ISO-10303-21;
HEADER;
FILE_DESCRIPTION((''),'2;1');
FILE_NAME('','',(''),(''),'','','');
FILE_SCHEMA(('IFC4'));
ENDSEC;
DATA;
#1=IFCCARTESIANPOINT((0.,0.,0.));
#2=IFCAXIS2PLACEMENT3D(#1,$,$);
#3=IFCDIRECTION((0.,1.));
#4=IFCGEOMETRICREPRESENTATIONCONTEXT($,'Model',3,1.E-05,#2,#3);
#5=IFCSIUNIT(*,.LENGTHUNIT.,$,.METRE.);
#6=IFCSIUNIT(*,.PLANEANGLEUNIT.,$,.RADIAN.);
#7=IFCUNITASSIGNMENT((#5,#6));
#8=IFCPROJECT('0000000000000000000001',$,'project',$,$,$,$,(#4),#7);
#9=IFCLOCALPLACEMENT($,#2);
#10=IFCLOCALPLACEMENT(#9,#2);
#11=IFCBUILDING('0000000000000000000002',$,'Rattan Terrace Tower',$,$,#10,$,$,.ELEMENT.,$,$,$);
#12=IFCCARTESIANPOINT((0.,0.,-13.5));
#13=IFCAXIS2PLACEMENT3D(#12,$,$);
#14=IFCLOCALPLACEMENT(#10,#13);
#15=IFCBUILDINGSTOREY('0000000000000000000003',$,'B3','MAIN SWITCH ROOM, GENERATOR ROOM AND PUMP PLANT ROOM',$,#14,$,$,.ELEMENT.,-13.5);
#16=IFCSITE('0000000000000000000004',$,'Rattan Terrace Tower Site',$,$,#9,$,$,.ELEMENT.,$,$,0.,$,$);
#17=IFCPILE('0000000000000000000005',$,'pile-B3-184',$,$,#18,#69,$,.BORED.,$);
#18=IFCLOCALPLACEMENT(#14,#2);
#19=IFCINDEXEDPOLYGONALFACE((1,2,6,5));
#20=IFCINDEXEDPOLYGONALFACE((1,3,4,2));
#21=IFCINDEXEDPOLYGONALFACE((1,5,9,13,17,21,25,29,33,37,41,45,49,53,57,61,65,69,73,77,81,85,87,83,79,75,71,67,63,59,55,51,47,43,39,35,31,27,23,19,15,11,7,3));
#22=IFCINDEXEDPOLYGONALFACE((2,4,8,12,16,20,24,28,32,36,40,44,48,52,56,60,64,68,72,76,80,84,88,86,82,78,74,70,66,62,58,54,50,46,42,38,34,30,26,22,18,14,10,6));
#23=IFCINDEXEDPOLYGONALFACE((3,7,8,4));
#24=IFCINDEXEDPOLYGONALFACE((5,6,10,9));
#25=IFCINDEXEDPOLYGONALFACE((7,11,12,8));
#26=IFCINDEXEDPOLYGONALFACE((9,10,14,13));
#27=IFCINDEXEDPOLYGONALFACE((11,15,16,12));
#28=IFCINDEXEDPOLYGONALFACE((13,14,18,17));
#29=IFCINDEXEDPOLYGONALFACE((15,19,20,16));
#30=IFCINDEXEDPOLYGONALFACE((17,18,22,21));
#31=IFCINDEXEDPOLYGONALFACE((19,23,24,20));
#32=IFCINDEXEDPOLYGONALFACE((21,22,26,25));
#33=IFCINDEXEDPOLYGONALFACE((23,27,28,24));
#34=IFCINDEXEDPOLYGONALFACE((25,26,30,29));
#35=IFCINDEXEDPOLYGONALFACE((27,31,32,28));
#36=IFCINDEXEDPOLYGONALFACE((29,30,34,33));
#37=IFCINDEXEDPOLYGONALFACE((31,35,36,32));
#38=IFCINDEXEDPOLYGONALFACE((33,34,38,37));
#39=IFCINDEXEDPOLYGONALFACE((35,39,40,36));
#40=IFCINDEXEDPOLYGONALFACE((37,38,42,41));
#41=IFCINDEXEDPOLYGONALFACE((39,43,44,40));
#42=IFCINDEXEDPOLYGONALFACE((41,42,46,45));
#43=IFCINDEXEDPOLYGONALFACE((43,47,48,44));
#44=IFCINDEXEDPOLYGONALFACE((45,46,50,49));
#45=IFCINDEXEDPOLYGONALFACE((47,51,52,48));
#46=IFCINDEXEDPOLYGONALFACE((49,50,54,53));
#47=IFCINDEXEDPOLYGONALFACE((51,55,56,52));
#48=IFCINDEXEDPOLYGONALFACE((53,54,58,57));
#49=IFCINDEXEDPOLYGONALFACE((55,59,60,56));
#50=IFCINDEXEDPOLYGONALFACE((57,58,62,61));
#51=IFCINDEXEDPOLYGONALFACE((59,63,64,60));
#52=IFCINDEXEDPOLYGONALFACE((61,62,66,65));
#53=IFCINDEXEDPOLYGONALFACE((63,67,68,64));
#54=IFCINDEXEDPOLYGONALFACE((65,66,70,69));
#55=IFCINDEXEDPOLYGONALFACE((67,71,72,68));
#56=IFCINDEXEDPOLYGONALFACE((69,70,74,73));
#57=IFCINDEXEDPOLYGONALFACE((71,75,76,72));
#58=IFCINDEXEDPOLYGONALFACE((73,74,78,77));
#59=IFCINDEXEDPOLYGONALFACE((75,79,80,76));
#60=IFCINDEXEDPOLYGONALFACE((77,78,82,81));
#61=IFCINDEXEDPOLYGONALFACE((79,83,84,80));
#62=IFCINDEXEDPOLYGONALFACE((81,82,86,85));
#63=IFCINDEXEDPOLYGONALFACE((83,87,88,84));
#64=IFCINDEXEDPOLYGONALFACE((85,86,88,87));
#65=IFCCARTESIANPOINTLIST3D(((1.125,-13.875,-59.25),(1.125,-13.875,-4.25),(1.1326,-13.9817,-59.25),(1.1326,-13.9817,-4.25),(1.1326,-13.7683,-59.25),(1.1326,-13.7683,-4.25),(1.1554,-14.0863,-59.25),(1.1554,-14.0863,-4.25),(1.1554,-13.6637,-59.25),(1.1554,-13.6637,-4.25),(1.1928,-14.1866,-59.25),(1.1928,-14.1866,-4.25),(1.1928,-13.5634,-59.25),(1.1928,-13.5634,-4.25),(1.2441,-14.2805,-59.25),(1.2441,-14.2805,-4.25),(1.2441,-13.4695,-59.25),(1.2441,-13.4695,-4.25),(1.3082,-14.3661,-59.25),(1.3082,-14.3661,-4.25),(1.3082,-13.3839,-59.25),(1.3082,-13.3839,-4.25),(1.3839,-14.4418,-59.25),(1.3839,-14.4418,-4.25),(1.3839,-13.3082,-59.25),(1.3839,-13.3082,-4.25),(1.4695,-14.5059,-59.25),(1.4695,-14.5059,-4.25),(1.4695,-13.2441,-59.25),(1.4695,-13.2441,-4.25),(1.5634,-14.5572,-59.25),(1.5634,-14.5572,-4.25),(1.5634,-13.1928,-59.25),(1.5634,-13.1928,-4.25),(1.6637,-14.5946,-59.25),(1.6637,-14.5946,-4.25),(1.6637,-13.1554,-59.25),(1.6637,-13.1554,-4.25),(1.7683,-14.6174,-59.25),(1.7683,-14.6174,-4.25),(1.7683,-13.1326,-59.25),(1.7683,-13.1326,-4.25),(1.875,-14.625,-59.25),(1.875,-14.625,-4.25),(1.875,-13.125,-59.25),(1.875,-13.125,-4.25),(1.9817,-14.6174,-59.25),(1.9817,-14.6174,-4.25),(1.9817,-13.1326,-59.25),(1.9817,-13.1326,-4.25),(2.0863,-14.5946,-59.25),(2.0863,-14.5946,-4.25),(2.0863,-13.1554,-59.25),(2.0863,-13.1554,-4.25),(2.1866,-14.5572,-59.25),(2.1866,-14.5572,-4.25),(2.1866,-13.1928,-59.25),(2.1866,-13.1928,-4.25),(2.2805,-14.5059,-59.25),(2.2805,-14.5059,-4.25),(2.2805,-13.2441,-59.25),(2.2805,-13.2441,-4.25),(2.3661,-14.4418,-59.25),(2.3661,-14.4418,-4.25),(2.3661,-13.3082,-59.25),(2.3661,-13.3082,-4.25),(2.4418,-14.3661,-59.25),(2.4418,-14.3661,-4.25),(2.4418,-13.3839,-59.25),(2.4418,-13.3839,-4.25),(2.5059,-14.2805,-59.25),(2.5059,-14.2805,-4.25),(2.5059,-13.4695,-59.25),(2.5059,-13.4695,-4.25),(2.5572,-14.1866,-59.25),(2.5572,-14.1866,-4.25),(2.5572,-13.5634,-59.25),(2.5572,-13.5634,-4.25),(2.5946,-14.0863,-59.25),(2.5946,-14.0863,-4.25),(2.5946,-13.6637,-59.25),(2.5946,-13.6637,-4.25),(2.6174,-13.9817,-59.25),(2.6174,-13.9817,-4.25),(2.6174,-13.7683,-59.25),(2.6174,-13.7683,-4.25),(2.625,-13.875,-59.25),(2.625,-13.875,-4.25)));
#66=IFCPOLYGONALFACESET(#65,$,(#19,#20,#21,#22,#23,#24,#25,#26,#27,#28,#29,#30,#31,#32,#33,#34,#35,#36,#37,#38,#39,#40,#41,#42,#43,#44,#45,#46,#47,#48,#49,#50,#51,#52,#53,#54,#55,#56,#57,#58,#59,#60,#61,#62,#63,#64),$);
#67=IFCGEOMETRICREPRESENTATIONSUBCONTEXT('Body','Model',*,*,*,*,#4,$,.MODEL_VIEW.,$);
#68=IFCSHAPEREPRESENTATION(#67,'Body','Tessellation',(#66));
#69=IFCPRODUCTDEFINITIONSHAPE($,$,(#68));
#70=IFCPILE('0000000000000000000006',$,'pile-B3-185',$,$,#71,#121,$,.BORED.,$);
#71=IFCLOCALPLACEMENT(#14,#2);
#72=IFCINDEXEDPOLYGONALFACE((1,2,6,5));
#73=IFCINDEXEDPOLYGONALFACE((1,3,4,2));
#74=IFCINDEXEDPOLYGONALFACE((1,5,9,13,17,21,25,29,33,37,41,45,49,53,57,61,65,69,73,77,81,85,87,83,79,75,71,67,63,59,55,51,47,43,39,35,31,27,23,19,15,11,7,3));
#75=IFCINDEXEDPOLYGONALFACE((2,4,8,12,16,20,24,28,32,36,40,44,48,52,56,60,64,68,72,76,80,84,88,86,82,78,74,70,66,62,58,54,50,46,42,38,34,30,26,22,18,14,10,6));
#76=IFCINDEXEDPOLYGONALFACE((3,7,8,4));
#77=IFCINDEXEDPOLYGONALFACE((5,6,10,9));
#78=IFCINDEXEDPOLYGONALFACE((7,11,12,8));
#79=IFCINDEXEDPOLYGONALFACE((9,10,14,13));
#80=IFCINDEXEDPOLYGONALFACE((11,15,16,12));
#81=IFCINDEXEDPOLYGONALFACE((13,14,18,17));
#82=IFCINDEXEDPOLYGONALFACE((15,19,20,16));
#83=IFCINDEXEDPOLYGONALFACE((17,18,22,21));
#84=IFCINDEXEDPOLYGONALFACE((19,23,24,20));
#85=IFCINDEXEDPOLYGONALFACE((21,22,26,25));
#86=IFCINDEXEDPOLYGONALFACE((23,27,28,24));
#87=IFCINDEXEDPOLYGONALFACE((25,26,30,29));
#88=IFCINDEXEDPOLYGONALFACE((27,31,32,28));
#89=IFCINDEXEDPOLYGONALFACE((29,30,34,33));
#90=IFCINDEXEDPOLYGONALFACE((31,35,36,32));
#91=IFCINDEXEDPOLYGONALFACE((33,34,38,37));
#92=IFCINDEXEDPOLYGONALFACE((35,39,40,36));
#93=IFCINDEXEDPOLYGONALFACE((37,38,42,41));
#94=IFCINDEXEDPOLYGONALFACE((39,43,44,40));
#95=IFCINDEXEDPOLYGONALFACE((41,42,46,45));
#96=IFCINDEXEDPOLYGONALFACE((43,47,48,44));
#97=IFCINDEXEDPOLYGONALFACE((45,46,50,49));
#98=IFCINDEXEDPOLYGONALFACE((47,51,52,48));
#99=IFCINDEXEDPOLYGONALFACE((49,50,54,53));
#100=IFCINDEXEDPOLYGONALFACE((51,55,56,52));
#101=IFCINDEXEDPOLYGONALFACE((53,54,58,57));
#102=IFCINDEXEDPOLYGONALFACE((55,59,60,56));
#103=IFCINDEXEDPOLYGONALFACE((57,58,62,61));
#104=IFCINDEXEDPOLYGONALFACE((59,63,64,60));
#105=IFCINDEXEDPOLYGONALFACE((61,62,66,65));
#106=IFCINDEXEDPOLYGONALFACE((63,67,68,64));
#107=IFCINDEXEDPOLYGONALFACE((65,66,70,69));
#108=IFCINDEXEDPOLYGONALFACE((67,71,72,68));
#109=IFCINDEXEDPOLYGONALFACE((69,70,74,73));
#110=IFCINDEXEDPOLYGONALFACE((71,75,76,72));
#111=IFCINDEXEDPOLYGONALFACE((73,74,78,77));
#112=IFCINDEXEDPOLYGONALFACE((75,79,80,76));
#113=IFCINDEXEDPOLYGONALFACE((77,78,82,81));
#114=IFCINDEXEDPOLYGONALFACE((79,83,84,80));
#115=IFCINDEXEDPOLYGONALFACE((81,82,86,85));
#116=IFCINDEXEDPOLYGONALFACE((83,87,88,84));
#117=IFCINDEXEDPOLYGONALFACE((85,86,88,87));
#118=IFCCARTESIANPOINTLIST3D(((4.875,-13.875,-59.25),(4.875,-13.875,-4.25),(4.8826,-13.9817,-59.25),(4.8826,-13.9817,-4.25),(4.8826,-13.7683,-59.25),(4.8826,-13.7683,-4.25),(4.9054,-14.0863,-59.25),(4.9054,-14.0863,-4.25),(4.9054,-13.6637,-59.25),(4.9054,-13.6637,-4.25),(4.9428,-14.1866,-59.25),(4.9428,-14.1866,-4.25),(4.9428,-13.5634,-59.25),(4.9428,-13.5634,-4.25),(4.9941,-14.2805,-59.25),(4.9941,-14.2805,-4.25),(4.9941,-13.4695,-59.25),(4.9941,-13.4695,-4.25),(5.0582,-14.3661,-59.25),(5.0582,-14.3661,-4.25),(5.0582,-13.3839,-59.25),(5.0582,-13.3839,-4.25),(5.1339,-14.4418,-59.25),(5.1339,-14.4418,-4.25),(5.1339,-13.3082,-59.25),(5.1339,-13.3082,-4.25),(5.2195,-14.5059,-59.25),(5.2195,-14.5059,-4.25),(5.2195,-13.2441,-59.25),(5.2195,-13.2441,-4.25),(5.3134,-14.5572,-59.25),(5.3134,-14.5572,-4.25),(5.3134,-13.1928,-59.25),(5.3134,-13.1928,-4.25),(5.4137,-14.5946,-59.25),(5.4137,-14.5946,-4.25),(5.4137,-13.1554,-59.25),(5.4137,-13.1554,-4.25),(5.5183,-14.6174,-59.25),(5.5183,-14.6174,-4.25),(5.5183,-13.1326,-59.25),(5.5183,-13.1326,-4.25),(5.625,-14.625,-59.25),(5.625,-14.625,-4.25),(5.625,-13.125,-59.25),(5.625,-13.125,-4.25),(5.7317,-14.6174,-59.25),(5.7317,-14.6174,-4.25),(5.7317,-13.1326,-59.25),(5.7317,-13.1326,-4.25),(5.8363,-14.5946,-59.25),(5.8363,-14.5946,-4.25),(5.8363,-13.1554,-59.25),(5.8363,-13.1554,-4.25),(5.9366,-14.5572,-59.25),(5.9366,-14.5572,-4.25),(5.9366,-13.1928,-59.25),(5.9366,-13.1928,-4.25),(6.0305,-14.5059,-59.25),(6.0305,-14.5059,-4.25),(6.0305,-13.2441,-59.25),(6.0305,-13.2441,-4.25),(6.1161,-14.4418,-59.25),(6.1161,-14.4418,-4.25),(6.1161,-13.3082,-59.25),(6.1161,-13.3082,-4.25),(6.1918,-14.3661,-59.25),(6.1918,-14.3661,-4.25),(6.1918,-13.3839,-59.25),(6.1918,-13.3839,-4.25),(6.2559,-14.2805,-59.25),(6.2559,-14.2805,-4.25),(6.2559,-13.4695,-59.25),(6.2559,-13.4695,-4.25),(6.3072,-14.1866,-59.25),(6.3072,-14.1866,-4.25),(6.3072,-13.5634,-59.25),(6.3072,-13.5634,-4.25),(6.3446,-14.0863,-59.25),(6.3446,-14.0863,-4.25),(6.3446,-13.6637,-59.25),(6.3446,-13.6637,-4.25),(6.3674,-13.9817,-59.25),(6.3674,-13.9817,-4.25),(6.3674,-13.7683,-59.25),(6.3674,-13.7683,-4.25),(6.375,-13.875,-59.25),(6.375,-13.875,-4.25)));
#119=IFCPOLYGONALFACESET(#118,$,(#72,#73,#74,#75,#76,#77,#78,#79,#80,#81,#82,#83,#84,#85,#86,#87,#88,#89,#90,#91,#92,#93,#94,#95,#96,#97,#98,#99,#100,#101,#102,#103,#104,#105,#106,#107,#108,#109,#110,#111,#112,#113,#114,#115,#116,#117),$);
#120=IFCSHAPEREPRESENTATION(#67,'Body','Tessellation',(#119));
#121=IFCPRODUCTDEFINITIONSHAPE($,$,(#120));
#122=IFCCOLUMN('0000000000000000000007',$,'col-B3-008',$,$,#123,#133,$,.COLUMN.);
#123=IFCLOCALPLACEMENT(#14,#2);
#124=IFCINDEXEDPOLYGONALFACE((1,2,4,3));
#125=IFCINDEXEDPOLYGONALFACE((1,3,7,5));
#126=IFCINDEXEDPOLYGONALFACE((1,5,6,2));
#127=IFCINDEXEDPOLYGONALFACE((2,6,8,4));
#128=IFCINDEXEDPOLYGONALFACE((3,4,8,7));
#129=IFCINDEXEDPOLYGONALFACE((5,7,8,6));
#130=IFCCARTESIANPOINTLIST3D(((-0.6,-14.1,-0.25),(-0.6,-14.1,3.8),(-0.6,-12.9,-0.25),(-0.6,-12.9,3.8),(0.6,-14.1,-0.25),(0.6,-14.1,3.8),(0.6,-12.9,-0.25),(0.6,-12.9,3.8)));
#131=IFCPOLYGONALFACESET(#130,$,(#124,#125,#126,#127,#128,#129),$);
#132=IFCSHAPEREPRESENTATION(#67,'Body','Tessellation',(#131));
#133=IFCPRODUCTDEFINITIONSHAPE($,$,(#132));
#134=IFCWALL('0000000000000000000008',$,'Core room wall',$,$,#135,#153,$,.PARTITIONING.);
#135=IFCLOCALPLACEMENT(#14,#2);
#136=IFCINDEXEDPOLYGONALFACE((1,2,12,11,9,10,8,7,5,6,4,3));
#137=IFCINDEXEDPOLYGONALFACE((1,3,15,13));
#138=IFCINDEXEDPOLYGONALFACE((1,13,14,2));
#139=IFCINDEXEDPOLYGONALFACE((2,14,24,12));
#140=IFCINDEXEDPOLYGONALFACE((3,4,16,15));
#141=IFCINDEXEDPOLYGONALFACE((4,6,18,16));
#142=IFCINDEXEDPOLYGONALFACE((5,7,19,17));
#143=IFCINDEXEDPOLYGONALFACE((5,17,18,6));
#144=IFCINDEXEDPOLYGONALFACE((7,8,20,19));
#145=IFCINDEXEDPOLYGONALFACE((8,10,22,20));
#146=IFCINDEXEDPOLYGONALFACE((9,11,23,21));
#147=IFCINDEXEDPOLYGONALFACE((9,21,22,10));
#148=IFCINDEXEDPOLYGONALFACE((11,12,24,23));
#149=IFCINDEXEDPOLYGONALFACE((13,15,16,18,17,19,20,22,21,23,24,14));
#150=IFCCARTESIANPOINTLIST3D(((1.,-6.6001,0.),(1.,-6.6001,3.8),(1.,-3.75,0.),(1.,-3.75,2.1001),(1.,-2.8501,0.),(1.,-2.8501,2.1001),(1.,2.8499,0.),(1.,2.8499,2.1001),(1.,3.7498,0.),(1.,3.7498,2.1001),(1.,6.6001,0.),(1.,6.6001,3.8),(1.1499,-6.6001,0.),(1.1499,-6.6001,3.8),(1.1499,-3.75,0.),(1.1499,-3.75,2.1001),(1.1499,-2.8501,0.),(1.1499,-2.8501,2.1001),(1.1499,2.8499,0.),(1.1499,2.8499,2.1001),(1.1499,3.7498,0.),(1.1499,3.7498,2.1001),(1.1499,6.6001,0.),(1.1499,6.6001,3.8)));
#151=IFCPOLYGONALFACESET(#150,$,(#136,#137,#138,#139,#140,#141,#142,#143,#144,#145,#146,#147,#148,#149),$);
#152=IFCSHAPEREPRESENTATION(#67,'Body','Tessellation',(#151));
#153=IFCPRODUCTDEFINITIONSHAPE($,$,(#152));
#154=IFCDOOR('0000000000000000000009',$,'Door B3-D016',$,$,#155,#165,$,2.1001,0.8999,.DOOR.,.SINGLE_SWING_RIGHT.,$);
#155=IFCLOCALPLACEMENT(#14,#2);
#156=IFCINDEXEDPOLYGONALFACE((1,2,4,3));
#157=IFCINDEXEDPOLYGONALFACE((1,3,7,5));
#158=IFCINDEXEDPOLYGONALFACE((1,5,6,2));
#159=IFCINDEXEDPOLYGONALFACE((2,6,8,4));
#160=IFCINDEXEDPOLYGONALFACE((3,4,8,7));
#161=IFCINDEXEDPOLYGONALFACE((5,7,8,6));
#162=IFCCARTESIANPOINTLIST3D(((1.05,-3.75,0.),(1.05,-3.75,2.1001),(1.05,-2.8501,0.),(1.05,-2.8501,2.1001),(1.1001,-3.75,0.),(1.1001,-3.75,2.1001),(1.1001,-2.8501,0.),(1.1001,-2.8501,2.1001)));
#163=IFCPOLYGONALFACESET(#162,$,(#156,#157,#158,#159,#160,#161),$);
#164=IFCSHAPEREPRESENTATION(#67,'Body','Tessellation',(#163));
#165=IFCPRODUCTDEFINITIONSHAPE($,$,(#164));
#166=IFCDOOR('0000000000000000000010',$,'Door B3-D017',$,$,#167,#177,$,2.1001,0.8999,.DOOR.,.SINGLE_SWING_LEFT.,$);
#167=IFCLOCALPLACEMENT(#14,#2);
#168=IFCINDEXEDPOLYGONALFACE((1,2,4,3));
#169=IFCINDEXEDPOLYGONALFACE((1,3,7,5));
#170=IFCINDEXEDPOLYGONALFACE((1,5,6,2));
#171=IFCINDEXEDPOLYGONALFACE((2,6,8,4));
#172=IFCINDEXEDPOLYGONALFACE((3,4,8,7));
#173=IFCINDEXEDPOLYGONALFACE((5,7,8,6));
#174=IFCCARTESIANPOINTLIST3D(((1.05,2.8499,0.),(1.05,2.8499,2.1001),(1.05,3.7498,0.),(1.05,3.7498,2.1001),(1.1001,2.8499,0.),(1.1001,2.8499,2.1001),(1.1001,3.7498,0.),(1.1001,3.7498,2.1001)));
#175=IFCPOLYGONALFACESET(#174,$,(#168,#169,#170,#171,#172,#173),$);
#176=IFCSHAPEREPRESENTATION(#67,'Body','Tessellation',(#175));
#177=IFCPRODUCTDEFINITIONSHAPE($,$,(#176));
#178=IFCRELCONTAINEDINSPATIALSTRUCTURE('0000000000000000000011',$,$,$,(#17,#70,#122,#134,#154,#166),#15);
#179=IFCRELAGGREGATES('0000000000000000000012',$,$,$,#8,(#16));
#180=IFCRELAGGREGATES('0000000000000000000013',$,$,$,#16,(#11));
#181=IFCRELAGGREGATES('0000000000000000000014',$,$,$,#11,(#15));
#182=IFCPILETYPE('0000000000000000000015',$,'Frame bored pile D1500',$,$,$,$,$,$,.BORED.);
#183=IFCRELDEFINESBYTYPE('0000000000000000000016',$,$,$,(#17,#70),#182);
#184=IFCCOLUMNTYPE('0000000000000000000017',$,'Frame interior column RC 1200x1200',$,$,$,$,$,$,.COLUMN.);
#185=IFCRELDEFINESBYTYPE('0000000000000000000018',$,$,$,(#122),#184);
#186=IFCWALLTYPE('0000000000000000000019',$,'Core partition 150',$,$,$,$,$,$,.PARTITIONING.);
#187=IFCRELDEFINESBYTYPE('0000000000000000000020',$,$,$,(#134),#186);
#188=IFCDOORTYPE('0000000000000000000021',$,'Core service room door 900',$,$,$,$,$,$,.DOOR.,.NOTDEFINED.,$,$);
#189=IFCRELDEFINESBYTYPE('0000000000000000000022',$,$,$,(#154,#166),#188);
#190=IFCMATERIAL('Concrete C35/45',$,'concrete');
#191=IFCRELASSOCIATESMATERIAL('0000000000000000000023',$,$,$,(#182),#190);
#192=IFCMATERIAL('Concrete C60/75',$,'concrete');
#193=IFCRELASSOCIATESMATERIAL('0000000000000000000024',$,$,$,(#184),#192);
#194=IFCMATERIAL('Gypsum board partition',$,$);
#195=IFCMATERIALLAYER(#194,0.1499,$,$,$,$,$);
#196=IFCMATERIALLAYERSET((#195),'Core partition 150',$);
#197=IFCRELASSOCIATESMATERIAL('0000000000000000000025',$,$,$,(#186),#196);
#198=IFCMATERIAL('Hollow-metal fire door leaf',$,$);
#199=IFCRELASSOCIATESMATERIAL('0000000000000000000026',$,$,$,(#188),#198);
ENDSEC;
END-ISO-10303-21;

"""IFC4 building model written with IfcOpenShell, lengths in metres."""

from ifc_helpers import new_model, si_unit, direction, frame, frame_2d, origin, origin_2d, place, context, subcontext, project, spatial, rectangle, circle, extrude, material, layer, layer_set, material_profile, profile_set, type_object, element, fill, save


model = new_model("IFC4")

# Units and contexts
model_context = context("Model", 3, precision=1e-05, world=origin(), true_north=direction((0.0, 1.0)))
body_context = subcontext(model_context, "Body", "Model", "MODEL_VIEW")
ifc_project = project(units=[si_unit("LENGTHUNIT", "METRE"), si_unit("PLANEANGLEUNIT", "RADIAN")], contexts=[model_context])

# Site, building, storey
site_placement = place(None, origin())
site = spatial("IfcSite", under=ifc_project, at=site_placement, Name="Rattan Terrace Tower Site", CompositionType="ELEMENT", RefElevation=0.0)
building_placement = place(site_placement, origin())
building = spatial("IfcBuilding", under=site, at=building_placement, Name="Rattan Terrace Tower", CompositionType="ELEMENT")
storey_placement = place(building_placement, frame((0.0, 0.0, -13.5)))
storey = spatial("IfcBuildingStorey", under=building, at=storey_placement, Name="B3", Description="MAIN SWITCH ROOM, GENERATOR ROOM AND PUMP PLANT ROOM", CompositionType="ELEMENT", Elevation=-13.5)

# Piles
ifc_material_1 = material(Name="Concrete C35/45", Category="concrete")
ifc_material_profile_1 = material_profile(ifc_material_1, circle(Radius=0.75, at=origin_2d()), Name="PILE D1500")
ifc_profile_set_1 = profile_set([ifc_material_profile_1], Name="Concrete C35/45")
pile_type = type_object("IfcPileType", Name="Frame bored pile D1500", PredefinedType="BORED", material=ifc_profile_set_1)
for number, where, z_axis, x_axis, name in (
    (1, (1.875, -13.875, -4.25), (0.0, 0.0, -1.0), (1.0, 0.0, 0.0), "pile-B3-184"),
    (2, (5.625, -13.875, -4.25), (0.0, 0.0, -1.0), (1.0, 0.0, 0.0), "pile-B3-185"),
):
    element("IfcPile", number, at=place(storey_placement, frame(where, z_axis=z_axis, x_axis=x_axis)), inside=storey, type_object=pile_type, Name=name, PredefinedType="BORED", context=body_context, shape_type="SweptSolid", body=[
        extrude(circle(Radius=0.75, at=origin_2d()), origin(), (0.0, 0.0, 1.0), 55.0),
    ])

# Column
ifc_material_2 = material(Name="Concrete C60/75", Category="concrete")
ifc_material_profile_2 = material_profile(ifc_material_2, rectangle(XDim=1.2, YDim=1.2, at=origin_2d()), Name="RC 1200x1200")
ifc_profile_set_2 = profile_set([ifc_material_profile_2], Name="Concrete C60/75")
column_type = type_object("IfcColumnType", Name="Frame interior column RC 1200x1200", PredefinedType="COLUMN", material=ifc_profile_set_2)
column_placement = place(storey_placement, frame((0.0, -13.5, -0.25), z_axis=(0.0, 0.0, 1.0), x_axis=(1.0, 0.0, 0.0)))
element("IfcColumn", 3, at=column_placement, inside=storey, type_object=column_type, Name="col-B3-008", PredefinedType="COLUMN", context=body_context, shape_type="SweptSolid", body=[
    extrude(rectangle(XDim=1.2, YDim=1.2, at=origin_2d()), origin(), (0.0, 0.0, 1.0), 4.05),
])

# Wall, openings, doors
ifc_material_3 = material(Name="Gypsum board partition")
ifc_layer_1 = layer(ifc_material_3, 0.1499)
ifc_layer_set_1 = layer_set([ifc_layer_1], Name="Core partition 150")
wall_type_1 = type_object("IfcWallType", Name="Core partition 150", PredefinedType="PARTITIONING", material=ifc_layer_set_1)
wall_1_placement = place(storey_placement, frame((1.075, -6.6001, 0.0), z_axis=(0.0, 0.0, 1.0), x_axis=(0.0, 1.0, 0.0)))
wall_1 = element("IfcWall", 4, at=wall_1_placement, inside=storey, type_object=wall_type_1, Name="Core room wall", PredefinedType="PARTITIONING", context=body_context, shape_type="SweptSolid", body=[
    extrude(rectangle(XDim=13.2002, YDim=0.1499, at=frame_2d((6.6001, 0.0))), origin(), (0.0, 0.0, 1.0), 3.8),
])
opening_1_placement = place(wall_1_placement, frame((2.8501, 0.0, 0.0)))
opening_1 = element("IfcOpeningElement", 5, at=opening_1_placement, cuts=wall_1, PredefinedType="OPENING", context=body_context, shape_type="SweptSolid", body=[
    extrude(rectangle(XDim=0.8999, YDim=2.1001, at=frame_2d((0.45, 1.05))), frame((0.0, 0.0854, 0.0), z_axis=(0.0, -1.0, 0.0), x_axis=(1.0, 0.0, 0.0)), (0.0, 0.0, 1.0), 0.1709),
])
opening_2_placement = place(wall_1_placement, frame((9.45, 0.0, 0.0)))
opening_2 = element("IfcOpeningElement", 6, at=opening_2_placement, cuts=wall_1, PredefinedType="OPENING", context=body_context, shape_type="SweptSolid", body=[
    extrude(rectangle(XDim=0.8999, YDim=2.1001, at=frame_2d((0.45, 1.05))), frame((0.0, 0.0854, 0.0), z_axis=(0.0, -1.0, 0.0), x_axis=(1.0, 0.0, 0.0)), (0.0, 0.0, 1.0), 0.1709),
])
ifc_material_4 = material(Name="Hollow-metal fire door leaf")
door_type_1 = type_object("IfcDoorType", Name="Core service room door 900", OperationType="NOTDEFINED", PredefinedType="DOOR", material=ifc_material_4)
door_1_placement = place(opening_1_placement, origin())
door_1 = element("IfcDoor", 7, at=door_1_placement, inside=storey, type_object=door_type_1, Name="Door B3-D016", OperationType="SINGLE_SWING_RIGHT", OverallHeight=2.1001, OverallWidth=0.8999, PredefinedType="DOOR", context=body_context, shape_type="SweptSolid", body=[
    extrude(rectangle(XDim=0.8999, YDim=2.1001, at=frame_2d((0.45, 1.05))), frame((0.0, 0.0249, 0.0), z_axis=(0.0, -1.0, 0.0), x_axis=(1.0, 0.0, 0.0)), (0.0, 0.0, 1.0), 0.05),
])
fill(opening_1, door_1)
door_2_placement = place(opening_2_placement, origin())
door_2 = element("IfcDoor", 8, at=door_2_placement, inside=storey, type_object=door_type_1, Name="Door B3-D017", OperationType="SINGLE_SWING_LEFT", OverallHeight=2.1001, OverallWidth=0.8999, PredefinedType="DOOR", context=body_context, shape_type="SweptSolid", body=[
    extrude(rectangle(XDim=0.8999, YDim=2.1001, at=frame_2d((0.45, 1.05))), frame((0.0, 0.0249, 0.0), z_axis=(0.0, -1.0, 0.0), x_axis=(1.0, 0.0, 0.0)), (0.0, 0.0, 1.0), 0.05),
])
fill(opening_2, door_2)

save(model, "model.ifc")
